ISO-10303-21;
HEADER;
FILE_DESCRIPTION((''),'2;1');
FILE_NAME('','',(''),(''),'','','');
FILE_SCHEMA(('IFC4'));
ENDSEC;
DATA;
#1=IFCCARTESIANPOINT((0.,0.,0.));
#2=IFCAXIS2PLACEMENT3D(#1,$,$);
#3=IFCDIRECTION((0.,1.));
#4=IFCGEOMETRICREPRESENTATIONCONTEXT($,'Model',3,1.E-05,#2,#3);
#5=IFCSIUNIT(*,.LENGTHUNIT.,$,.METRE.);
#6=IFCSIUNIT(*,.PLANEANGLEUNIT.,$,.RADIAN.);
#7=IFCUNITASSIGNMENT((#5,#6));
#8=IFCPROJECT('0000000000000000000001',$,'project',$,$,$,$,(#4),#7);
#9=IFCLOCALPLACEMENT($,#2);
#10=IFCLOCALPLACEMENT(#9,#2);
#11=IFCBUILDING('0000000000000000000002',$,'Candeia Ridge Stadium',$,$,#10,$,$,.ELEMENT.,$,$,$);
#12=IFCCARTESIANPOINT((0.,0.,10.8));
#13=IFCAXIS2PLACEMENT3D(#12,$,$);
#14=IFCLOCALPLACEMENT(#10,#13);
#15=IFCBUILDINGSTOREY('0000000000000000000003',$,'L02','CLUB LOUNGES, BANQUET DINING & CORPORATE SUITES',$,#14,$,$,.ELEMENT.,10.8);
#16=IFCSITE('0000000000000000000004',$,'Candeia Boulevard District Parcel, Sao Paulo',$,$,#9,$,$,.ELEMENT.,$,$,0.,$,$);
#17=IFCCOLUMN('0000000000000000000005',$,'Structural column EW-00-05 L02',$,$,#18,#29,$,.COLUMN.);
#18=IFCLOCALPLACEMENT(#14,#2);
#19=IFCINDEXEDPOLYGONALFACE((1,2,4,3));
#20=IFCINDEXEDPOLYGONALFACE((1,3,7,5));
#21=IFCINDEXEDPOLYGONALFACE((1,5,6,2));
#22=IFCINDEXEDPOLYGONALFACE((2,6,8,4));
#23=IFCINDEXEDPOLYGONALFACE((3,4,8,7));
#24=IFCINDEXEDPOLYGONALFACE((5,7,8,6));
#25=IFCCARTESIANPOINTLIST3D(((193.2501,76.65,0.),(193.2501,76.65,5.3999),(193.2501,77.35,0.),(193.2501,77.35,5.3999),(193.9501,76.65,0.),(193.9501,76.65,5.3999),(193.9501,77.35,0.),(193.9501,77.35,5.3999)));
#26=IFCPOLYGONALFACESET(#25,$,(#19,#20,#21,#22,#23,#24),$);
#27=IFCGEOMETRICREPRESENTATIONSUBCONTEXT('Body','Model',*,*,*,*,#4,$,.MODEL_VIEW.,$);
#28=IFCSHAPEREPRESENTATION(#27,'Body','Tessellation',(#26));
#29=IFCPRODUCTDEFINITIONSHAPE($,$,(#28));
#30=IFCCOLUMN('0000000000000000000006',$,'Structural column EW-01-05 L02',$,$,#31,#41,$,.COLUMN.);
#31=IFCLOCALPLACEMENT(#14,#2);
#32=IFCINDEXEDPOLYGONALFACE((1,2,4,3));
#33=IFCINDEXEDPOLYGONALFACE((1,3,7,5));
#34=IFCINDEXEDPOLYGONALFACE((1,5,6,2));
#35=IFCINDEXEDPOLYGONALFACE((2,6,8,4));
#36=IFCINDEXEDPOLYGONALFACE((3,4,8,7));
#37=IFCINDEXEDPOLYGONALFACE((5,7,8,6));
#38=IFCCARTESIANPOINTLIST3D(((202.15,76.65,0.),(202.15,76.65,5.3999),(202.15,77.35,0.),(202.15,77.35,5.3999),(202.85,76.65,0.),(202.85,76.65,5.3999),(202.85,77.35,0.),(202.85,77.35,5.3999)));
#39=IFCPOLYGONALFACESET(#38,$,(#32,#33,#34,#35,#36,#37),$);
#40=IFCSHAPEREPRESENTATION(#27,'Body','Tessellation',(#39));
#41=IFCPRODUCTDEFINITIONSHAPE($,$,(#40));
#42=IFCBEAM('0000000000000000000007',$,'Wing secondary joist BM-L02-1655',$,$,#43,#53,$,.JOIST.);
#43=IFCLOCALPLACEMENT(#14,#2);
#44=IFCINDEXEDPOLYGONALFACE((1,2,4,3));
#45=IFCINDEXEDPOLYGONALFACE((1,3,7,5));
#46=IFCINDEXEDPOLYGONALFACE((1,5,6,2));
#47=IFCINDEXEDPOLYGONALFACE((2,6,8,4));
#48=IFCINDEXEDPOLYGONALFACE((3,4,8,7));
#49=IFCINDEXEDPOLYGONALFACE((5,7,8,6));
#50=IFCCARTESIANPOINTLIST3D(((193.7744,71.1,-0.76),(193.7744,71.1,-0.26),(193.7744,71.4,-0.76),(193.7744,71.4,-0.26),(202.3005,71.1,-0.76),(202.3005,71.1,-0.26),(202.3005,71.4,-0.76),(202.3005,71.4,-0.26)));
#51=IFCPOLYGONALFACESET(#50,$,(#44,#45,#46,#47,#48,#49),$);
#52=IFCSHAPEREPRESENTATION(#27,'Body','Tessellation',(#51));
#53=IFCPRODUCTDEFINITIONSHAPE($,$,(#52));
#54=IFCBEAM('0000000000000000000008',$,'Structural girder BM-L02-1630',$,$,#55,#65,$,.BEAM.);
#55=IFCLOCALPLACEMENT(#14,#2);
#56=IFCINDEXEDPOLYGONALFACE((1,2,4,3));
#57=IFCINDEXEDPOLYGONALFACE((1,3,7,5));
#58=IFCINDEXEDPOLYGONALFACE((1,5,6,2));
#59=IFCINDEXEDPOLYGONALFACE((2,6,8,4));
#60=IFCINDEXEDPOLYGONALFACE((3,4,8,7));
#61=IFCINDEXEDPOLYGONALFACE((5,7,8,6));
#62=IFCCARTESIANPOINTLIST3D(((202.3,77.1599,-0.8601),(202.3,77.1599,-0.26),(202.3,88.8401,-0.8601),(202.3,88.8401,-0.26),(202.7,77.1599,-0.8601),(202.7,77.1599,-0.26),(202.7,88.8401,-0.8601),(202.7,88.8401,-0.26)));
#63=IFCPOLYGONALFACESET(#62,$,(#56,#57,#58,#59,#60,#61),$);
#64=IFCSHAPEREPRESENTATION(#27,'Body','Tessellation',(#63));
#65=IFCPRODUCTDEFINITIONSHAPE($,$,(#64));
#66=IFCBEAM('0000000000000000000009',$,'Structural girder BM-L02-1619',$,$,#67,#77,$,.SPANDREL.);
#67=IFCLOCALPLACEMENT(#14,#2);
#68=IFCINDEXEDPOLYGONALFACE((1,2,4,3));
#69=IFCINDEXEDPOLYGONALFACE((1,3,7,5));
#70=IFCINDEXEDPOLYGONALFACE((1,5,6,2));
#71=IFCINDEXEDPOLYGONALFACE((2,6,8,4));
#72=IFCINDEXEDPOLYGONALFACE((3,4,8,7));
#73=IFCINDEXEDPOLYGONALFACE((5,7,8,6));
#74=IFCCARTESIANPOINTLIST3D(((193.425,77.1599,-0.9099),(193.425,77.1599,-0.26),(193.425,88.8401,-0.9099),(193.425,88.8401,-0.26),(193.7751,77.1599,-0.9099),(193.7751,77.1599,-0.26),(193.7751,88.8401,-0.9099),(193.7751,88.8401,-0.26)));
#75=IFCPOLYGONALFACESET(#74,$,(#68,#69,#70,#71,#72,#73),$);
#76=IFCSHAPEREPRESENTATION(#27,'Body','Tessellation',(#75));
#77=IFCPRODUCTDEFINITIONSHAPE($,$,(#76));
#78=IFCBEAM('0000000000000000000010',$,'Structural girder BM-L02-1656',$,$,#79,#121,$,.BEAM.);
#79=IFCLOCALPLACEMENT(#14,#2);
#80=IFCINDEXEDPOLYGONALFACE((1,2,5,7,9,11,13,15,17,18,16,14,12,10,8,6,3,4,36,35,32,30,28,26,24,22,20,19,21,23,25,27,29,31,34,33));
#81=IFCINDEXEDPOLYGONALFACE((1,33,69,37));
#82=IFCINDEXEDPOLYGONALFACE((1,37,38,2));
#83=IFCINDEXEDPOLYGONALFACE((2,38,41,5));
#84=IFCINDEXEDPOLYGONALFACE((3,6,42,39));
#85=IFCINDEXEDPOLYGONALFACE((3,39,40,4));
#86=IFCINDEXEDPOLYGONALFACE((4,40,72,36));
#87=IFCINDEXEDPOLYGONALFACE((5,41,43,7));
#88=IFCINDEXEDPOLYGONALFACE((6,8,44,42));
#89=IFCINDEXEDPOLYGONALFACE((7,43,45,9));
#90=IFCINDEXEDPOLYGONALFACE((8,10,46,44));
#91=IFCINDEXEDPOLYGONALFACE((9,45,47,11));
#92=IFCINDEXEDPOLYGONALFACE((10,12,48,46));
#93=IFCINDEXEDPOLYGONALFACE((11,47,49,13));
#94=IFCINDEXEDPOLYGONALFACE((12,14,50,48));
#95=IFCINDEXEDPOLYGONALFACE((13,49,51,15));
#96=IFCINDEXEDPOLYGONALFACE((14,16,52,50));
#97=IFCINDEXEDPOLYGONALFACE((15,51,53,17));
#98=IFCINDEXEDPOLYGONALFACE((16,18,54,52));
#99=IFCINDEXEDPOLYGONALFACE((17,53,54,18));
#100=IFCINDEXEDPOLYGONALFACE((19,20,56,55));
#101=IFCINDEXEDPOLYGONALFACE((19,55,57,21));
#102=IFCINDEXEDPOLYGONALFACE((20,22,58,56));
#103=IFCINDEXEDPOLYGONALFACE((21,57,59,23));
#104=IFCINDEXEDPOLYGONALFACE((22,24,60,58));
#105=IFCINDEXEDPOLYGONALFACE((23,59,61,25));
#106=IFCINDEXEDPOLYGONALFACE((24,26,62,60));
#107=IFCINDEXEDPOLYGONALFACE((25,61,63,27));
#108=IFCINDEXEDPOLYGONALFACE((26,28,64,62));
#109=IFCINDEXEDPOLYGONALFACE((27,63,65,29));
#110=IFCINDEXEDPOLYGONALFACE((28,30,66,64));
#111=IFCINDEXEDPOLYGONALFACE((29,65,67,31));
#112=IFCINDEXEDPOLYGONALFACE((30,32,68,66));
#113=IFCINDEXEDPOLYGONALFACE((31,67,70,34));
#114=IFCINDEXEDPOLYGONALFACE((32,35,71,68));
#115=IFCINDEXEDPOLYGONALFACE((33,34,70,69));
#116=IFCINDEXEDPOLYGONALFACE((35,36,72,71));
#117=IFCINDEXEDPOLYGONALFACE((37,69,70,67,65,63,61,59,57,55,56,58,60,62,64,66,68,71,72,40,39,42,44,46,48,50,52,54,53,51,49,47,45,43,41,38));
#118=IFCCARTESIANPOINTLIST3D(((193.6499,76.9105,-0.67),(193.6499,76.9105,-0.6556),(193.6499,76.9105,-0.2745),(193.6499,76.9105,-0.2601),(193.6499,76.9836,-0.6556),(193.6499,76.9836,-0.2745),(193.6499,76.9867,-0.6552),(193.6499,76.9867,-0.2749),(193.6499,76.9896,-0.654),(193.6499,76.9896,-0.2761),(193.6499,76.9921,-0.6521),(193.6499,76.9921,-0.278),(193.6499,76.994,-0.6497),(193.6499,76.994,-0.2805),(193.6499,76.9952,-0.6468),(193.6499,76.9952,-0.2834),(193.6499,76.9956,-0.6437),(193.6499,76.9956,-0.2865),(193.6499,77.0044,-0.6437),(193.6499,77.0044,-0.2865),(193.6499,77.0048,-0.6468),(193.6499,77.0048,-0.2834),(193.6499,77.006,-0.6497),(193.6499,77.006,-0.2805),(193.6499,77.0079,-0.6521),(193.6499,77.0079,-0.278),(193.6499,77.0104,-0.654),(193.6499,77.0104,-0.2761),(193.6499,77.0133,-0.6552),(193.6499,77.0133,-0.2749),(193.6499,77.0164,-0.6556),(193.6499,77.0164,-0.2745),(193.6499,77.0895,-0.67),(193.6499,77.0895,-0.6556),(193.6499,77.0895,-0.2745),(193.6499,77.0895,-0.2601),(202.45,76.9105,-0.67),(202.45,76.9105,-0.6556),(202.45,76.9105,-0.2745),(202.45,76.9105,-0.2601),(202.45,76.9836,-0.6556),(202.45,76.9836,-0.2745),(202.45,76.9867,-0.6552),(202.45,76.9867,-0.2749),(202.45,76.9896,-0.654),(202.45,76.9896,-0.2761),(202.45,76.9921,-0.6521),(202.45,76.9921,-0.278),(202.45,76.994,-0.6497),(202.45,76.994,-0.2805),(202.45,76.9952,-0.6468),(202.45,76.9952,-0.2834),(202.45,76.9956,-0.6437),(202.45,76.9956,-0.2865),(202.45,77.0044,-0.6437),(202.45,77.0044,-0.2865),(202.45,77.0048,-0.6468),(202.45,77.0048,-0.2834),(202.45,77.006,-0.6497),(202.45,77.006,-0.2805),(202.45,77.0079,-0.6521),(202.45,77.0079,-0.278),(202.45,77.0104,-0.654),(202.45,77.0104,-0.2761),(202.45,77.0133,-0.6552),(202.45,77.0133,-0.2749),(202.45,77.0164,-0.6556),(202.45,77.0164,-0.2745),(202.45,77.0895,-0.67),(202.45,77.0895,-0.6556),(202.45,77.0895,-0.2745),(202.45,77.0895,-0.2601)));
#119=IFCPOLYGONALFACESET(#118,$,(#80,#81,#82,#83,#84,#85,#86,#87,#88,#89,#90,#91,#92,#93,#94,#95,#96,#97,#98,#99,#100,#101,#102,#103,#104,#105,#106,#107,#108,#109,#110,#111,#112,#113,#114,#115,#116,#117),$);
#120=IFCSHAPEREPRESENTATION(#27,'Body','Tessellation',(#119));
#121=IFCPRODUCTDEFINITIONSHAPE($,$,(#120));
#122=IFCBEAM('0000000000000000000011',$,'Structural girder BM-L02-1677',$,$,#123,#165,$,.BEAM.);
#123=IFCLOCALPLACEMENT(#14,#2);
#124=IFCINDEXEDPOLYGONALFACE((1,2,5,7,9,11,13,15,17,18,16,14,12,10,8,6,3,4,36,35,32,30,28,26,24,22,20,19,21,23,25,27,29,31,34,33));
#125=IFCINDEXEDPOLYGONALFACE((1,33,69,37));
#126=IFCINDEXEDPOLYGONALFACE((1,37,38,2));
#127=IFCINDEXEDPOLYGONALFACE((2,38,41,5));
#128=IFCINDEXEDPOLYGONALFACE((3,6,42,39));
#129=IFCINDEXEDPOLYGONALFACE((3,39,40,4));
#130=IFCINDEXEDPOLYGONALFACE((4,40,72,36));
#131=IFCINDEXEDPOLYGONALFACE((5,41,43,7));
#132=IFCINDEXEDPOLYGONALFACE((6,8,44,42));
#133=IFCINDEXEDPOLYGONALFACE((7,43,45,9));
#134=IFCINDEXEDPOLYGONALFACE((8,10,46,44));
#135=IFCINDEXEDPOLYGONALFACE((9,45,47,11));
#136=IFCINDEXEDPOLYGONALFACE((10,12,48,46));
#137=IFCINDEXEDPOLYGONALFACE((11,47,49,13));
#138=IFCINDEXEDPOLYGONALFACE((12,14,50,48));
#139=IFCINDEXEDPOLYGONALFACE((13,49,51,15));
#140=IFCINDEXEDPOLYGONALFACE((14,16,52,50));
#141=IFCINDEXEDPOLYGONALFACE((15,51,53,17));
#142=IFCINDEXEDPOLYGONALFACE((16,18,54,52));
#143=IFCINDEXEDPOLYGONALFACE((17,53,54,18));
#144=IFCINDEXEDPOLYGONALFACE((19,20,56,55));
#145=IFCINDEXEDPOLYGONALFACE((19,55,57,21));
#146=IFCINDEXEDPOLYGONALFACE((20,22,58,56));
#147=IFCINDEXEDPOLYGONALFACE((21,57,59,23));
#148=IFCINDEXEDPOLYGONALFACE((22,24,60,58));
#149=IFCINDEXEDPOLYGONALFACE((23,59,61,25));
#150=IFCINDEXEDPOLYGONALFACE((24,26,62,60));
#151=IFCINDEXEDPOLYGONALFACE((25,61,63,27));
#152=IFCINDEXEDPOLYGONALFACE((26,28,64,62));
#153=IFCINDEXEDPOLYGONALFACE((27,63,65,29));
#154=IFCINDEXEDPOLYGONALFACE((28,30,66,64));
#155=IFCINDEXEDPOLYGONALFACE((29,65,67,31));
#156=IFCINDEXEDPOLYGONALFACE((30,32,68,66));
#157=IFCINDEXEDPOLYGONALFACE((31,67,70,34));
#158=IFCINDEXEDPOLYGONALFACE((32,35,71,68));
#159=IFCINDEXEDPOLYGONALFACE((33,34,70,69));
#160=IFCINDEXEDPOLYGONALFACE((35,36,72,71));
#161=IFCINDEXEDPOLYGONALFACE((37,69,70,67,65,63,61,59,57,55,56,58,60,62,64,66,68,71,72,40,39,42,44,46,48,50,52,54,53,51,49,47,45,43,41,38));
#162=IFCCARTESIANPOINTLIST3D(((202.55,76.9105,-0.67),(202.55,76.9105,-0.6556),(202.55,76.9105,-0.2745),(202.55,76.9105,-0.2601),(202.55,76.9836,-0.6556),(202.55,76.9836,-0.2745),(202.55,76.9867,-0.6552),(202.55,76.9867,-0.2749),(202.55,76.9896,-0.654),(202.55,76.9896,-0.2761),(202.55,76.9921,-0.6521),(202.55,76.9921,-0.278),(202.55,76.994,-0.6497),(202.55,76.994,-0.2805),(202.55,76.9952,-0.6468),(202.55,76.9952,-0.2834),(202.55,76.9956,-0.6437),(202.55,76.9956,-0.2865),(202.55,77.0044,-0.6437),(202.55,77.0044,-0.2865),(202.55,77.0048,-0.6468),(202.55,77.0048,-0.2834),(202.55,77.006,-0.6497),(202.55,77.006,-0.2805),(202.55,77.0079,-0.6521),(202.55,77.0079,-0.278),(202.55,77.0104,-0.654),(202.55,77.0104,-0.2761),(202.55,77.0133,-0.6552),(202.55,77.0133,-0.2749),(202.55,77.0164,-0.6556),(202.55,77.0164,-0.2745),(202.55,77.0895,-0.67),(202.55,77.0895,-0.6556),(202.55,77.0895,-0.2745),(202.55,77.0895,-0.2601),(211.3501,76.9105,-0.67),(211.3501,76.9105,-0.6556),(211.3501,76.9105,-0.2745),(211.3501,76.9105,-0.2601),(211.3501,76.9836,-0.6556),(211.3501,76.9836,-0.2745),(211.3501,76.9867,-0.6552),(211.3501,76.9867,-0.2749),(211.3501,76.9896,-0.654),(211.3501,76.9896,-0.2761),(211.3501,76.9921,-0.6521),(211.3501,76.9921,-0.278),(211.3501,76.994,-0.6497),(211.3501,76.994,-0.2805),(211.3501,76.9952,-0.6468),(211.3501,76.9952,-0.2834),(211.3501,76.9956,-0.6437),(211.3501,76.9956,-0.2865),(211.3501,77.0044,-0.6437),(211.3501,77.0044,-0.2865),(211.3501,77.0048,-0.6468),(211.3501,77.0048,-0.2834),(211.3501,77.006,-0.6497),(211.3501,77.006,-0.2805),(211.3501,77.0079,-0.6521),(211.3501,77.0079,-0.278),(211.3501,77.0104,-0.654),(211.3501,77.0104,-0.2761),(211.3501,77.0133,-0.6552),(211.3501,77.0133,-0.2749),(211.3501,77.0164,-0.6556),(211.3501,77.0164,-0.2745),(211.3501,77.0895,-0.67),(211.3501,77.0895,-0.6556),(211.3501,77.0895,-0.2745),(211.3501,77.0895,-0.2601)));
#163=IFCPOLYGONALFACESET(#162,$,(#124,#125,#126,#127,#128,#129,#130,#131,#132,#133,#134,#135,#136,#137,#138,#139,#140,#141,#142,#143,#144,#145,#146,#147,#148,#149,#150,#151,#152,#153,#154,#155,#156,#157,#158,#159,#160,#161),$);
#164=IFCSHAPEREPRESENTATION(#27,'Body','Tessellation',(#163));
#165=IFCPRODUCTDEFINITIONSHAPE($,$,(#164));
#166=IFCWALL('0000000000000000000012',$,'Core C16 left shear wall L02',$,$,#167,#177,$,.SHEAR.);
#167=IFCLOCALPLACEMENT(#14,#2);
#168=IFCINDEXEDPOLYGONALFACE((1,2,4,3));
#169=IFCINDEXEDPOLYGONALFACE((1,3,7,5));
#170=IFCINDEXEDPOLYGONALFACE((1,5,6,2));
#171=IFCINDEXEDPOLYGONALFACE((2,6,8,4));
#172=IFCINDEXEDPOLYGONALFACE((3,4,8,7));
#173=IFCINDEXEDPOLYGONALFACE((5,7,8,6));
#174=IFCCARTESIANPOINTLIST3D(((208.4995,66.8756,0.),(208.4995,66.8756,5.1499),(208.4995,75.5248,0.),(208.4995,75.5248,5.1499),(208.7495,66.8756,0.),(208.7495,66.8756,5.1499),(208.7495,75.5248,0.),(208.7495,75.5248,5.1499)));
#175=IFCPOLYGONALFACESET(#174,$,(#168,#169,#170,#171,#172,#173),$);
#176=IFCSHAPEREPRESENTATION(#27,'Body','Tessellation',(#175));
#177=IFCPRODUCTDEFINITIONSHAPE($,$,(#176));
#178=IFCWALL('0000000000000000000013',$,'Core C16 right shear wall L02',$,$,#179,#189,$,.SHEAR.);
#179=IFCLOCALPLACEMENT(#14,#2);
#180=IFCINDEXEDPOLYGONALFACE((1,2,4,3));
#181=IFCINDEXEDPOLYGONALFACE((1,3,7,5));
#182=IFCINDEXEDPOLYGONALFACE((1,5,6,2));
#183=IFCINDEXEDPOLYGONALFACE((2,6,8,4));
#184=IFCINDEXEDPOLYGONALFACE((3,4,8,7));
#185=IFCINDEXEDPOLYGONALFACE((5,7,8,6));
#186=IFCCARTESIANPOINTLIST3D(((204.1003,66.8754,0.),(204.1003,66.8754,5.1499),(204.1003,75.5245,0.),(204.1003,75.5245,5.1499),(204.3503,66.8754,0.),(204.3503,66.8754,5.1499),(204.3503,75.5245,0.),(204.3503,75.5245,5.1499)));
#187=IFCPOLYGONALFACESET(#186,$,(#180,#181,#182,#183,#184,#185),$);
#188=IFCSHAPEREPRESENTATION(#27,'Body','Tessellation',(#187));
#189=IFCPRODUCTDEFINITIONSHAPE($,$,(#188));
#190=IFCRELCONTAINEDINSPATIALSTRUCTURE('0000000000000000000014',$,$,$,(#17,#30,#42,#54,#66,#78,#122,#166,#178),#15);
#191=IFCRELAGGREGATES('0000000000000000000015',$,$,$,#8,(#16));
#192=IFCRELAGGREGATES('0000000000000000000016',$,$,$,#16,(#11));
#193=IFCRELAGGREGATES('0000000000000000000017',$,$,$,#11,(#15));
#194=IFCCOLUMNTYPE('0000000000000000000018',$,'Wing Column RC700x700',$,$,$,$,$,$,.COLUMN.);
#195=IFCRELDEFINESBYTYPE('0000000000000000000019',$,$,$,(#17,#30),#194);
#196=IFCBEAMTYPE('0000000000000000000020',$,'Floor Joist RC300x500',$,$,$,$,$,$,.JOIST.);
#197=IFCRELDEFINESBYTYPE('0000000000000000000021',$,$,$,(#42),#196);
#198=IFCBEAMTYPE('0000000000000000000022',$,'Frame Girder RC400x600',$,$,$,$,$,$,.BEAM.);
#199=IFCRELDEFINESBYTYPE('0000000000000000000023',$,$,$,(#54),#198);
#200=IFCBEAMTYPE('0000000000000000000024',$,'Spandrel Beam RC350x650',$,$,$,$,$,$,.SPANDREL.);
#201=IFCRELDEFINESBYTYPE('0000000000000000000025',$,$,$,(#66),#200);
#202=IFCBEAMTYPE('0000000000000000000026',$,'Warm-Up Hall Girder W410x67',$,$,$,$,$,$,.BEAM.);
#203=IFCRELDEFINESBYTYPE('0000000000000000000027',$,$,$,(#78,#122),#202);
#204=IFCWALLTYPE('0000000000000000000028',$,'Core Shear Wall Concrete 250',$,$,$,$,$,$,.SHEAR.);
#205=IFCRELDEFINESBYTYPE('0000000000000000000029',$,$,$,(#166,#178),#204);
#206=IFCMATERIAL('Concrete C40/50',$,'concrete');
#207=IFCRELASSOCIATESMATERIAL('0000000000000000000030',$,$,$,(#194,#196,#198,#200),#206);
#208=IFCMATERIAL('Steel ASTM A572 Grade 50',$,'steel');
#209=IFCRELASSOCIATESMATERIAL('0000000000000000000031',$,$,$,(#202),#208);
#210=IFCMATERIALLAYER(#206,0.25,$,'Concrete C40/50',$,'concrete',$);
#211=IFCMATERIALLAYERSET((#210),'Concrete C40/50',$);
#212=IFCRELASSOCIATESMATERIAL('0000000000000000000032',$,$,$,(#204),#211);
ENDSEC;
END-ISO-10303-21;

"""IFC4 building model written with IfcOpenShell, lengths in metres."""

from ifc_helpers import new_model, si_unit, direction, frame, frame_2d, origin, origin_2d, place, context, subcontext, project, spatial, rectangle, i_section, extrude, material, layer, layer_set, material_profile, profile_set, type_object, element, save


model = new_model("IFC4")

# Units and contexts
model_context = context("Model", 3, precision=1e-05, world=origin(), true_north=direction((0.0, 1.0)))
body_context = subcontext(model_context, "Body", "Model", "MODEL_VIEW")
ifc_project = project(units=[si_unit("LENGTHUNIT", "METRE"), si_unit("PLANEANGLEUNIT", "RADIAN")], contexts=[model_context])

# Site, building, storey
site_placement = place(None, origin())
site = spatial("IfcSite", under=ifc_project, at=site_placement, Name="Candeia Boulevard District Parcel, Sao Paulo", CompositionType="ELEMENT", RefElevation=0.0)
building_placement = place(site_placement, origin())
building = spatial("IfcBuilding", under=site, at=building_placement, Name="Candeia Ridge Stadium", CompositionType="ELEMENT")
storey_placement = place(building_placement, frame((0.0, 0.0, 10.8)))
storey = spatial("IfcBuildingStorey", under=building, at=storey_placement, Name="L02", Description="CLUB LOUNGES, BANQUET DINING & CORPORATE SUITES", CompositionType="ELEMENT", Elevation=10.8)

# Columns
ifc_material_1 = material(Name="Concrete C40/50", Category="concrete")
ifc_material_profile_1 = material_profile(ifc_material_1, rectangle(XDim=0.7, YDim=0.7, at=origin_2d()), Name="RC700x700", Category="concrete")
ifc_profile_set_1 = profile_set([ifc_material_profile_1], Name="Concrete C40/50")
column_type = type_object("IfcColumnType", Name="Wing Column RC700x700", PredefinedType="COLUMN", material=ifc_profile_set_1)
for number, where, z_axis, x_axis, name in (
    (1, (193.6001, 77.0, 0.0), (0.0, 0.0, 1.0), (1.0, 0.0, 0.0), "Structural column EW-00-05 L02"),
    (2, (202.5, 77.0, 0.0), (0.0, 0.0, 1.0), (1.0, 0.0, 0.0), "Structural column EW-01-05 L02"),
):
    element("IfcColumn", number, at=place(storey_placement, frame(where, z_axis=z_axis, x_axis=x_axis)), inside=storey, type_object=column_type, Name=name, PredefinedType="COLUMN", context=body_context, shape_type="SweptSolid", body=[
        extrude(rectangle(XDim=0.7, YDim=0.7, at=origin_2d()), origin(), (0.0, 0.0, 1.0), 5.3999),
    ])

# Beams
ifc_material_profile_2 = material_profile(ifc_material_1, rectangle(XDim=0.3, YDim=0.5, at=origin_2d()), Name="RC300x500", Category="concrete")
ifc_profile_set_2 = profile_set([ifc_material_profile_2], Name="Concrete C40/50")
beam_type_1 = type_object("IfcBeamType", Name="Floor Joist RC300x500", PredefinedType="JOIST", material=ifc_profile_set_2)
beam_1_placement = place(storey_placement, frame((193.7744, 71.25, -0.51), z_axis=(1.0, 0.0, 0.0), x_axis=(0.0, 1.0, 0.0)))
element("IfcBeam", 3, at=beam_1_placement, inside=storey, type_object=beam_type_1, Name="Wing secondary joist BM-L02-1655", PredefinedType="JOIST", context=body_context, shape_type="SweptSolid", body=[
    extrude(rectangle(XDim=0.3, YDim=0.5, at=origin_2d()), origin(), (0.0, 0.0, 1.0), 8.5261),
])
ifc_material_profile_3 = material_profile(ifc_material_1, rectangle(XDim=0.3999, YDim=0.6001, at=origin_2d()), Name="RC400x600", Category="concrete")
ifc_profile_set_3 = profile_set([ifc_material_profile_3], Name="Concrete C40/50")
beam_type_2 = type_object("IfcBeamType", Name="Frame Girder RC400x600", PredefinedType="BEAM", material=ifc_profile_set_3)
beam_2_placement = place(storey_placement, frame((202.5, 77.1599, -0.5601), z_axis=(0.0, 1.0, 0.0), x_axis=(-1.0, 0.0, 0.0)))
element("IfcBeam", 4, at=beam_2_placement, inside=storey, type_object=beam_type_2, Name="Structural girder BM-L02-1630", PredefinedType="BEAM", context=body_context, shape_type="SweptSolid", body=[
    extrude(rectangle(XDim=0.3999, YDim=0.6001, at=origin_2d()), origin(), (0.0, 0.0, 1.0), 11.6802),
])
ifc_material_profile_4 = material_profile(ifc_material_1, rectangle(XDim=0.3501, YDim=0.6499, at=origin_2d()), Name="RC350x650", Category="concrete")
ifc_profile_set_4 = profile_set([ifc_material_profile_4], Name="Concrete C40/50")
beam_type_3 = type_object("IfcBeamType", Name="Spandrel Beam RC350x650", PredefinedType="SPANDREL", material=ifc_profile_set_4)
beam_3_placement = place(storey_placement, frame((193.6001, 77.1599, -0.585), z_axis=(0.0, 1.0, 0.0), x_axis=(-1.0, 0.0, 0.0)))
element("IfcBeam", 5, at=beam_3_placement, inside=storey, type_object=beam_type_3, Name="Structural girder BM-L02-1619", PredefinedType="SPANDREL", context=body_context, shape_type="SweptSolid", body=[
    extrude(rectangle(XDim=0.3501, YDim=0.6499, at=origin_2d()), origin(), (0.0, 0.0, 1.0), 11.6802),
])
ifc_material_2 = material(Name="Steel ASTM A572 Grade 50", Category="steel")
ifc_material_profile_5 = material_profile(ifc_material_2, i_section(OverallWidth=0.179, OverallDepth=0.4099, WebThickness=0.0088, FlangeThickness=0.0144, FilletRadius=0.012, at=origin_2d()), Name="W410x67", Category="steel")
ifc_profile_set_5 = profile_set([ifc_material_profile_5], Name="Steel ASTM A572 Grade 50")
beam_type_4 = type_object("IfcBeamType", Name="Warm-Up Hall Girder W410x67", PredefinedType="BEAM", material=ifc_profile_set_5)
for number, where, z_axis, x_axis, name in (
    (6, (193.6499, 77.0, -0.4651), (1.0, 0.0, 0.0), (0.0, 1.0, 0.0), "Structural girder BM-L02-1656"),
    (7, (202.55, 77.0, -0.4651), (1.0, 0.0, 0.0), (0.0, 1.0, 0.0), "Structural girder BM-L02-1677"),
):
    element("IfcBeam", number, at=place(storey_placement, frame(where, z_axis=z_axis, x_axis=x_axis)), inside=storey, type_object=beam_type_4, Name=name, PredefinedType="BEAM", context=body_context, shape_type="SweptSolid", body=[
        extrude(i_section(OverallWidth=0.179, OverallDepth=0.4099, WebThickness=0.0088, FlangeThickness=0.0144, FilletRadius=0.012, at=origin_2d()), origin(), (0.0, 0.0, 1.0), 8.8),
    ])

# Walls
ifc_layer_1 = layer(ifc_material_1, 0.25, Name="Concrete C40/50", Category="concrete")
ifc_layer_set_1 = layer_set([ifc_layer_1], Name="Concrete C40/50")
wall_type_1 = type_object("IfcWallType", Name="Core Shear Wall Concrete 250", PredefinedType="SHEAR", material=ifc_layer_set_1)
for number, where, z_axis, x_axis, name in (
    (8, (208.6245, 66.8755, 0.0), (0.0, 0.0, 1.0), (0.0, 1.0, 0.0), "Core C16 left shear wall L02"),
    (9, (204.2253, 75.5247, 0.0), (0.0, 0.0, 1.0), (0.0, -1.0, 0.0), "Core C16 right shear wall L02"),
):
    element("IfcWall", number, at=place(storey_placement, frame(where, z_axis=z_axis, x_axis=x_axis)), inside=storey, type_object=wall_type_1, Name=name, PredefinedType="SHEAR", context=body_context, shape_type="SweptSolid", body=[
        extrude(rectangle(XDim=8.6492, YDim=0.25, at=frame_2d((4.3247, 0.0))), origin(), (0.0, 0.0, 1.0), 5.1499),
    ])

save(model, "model.ifc")
